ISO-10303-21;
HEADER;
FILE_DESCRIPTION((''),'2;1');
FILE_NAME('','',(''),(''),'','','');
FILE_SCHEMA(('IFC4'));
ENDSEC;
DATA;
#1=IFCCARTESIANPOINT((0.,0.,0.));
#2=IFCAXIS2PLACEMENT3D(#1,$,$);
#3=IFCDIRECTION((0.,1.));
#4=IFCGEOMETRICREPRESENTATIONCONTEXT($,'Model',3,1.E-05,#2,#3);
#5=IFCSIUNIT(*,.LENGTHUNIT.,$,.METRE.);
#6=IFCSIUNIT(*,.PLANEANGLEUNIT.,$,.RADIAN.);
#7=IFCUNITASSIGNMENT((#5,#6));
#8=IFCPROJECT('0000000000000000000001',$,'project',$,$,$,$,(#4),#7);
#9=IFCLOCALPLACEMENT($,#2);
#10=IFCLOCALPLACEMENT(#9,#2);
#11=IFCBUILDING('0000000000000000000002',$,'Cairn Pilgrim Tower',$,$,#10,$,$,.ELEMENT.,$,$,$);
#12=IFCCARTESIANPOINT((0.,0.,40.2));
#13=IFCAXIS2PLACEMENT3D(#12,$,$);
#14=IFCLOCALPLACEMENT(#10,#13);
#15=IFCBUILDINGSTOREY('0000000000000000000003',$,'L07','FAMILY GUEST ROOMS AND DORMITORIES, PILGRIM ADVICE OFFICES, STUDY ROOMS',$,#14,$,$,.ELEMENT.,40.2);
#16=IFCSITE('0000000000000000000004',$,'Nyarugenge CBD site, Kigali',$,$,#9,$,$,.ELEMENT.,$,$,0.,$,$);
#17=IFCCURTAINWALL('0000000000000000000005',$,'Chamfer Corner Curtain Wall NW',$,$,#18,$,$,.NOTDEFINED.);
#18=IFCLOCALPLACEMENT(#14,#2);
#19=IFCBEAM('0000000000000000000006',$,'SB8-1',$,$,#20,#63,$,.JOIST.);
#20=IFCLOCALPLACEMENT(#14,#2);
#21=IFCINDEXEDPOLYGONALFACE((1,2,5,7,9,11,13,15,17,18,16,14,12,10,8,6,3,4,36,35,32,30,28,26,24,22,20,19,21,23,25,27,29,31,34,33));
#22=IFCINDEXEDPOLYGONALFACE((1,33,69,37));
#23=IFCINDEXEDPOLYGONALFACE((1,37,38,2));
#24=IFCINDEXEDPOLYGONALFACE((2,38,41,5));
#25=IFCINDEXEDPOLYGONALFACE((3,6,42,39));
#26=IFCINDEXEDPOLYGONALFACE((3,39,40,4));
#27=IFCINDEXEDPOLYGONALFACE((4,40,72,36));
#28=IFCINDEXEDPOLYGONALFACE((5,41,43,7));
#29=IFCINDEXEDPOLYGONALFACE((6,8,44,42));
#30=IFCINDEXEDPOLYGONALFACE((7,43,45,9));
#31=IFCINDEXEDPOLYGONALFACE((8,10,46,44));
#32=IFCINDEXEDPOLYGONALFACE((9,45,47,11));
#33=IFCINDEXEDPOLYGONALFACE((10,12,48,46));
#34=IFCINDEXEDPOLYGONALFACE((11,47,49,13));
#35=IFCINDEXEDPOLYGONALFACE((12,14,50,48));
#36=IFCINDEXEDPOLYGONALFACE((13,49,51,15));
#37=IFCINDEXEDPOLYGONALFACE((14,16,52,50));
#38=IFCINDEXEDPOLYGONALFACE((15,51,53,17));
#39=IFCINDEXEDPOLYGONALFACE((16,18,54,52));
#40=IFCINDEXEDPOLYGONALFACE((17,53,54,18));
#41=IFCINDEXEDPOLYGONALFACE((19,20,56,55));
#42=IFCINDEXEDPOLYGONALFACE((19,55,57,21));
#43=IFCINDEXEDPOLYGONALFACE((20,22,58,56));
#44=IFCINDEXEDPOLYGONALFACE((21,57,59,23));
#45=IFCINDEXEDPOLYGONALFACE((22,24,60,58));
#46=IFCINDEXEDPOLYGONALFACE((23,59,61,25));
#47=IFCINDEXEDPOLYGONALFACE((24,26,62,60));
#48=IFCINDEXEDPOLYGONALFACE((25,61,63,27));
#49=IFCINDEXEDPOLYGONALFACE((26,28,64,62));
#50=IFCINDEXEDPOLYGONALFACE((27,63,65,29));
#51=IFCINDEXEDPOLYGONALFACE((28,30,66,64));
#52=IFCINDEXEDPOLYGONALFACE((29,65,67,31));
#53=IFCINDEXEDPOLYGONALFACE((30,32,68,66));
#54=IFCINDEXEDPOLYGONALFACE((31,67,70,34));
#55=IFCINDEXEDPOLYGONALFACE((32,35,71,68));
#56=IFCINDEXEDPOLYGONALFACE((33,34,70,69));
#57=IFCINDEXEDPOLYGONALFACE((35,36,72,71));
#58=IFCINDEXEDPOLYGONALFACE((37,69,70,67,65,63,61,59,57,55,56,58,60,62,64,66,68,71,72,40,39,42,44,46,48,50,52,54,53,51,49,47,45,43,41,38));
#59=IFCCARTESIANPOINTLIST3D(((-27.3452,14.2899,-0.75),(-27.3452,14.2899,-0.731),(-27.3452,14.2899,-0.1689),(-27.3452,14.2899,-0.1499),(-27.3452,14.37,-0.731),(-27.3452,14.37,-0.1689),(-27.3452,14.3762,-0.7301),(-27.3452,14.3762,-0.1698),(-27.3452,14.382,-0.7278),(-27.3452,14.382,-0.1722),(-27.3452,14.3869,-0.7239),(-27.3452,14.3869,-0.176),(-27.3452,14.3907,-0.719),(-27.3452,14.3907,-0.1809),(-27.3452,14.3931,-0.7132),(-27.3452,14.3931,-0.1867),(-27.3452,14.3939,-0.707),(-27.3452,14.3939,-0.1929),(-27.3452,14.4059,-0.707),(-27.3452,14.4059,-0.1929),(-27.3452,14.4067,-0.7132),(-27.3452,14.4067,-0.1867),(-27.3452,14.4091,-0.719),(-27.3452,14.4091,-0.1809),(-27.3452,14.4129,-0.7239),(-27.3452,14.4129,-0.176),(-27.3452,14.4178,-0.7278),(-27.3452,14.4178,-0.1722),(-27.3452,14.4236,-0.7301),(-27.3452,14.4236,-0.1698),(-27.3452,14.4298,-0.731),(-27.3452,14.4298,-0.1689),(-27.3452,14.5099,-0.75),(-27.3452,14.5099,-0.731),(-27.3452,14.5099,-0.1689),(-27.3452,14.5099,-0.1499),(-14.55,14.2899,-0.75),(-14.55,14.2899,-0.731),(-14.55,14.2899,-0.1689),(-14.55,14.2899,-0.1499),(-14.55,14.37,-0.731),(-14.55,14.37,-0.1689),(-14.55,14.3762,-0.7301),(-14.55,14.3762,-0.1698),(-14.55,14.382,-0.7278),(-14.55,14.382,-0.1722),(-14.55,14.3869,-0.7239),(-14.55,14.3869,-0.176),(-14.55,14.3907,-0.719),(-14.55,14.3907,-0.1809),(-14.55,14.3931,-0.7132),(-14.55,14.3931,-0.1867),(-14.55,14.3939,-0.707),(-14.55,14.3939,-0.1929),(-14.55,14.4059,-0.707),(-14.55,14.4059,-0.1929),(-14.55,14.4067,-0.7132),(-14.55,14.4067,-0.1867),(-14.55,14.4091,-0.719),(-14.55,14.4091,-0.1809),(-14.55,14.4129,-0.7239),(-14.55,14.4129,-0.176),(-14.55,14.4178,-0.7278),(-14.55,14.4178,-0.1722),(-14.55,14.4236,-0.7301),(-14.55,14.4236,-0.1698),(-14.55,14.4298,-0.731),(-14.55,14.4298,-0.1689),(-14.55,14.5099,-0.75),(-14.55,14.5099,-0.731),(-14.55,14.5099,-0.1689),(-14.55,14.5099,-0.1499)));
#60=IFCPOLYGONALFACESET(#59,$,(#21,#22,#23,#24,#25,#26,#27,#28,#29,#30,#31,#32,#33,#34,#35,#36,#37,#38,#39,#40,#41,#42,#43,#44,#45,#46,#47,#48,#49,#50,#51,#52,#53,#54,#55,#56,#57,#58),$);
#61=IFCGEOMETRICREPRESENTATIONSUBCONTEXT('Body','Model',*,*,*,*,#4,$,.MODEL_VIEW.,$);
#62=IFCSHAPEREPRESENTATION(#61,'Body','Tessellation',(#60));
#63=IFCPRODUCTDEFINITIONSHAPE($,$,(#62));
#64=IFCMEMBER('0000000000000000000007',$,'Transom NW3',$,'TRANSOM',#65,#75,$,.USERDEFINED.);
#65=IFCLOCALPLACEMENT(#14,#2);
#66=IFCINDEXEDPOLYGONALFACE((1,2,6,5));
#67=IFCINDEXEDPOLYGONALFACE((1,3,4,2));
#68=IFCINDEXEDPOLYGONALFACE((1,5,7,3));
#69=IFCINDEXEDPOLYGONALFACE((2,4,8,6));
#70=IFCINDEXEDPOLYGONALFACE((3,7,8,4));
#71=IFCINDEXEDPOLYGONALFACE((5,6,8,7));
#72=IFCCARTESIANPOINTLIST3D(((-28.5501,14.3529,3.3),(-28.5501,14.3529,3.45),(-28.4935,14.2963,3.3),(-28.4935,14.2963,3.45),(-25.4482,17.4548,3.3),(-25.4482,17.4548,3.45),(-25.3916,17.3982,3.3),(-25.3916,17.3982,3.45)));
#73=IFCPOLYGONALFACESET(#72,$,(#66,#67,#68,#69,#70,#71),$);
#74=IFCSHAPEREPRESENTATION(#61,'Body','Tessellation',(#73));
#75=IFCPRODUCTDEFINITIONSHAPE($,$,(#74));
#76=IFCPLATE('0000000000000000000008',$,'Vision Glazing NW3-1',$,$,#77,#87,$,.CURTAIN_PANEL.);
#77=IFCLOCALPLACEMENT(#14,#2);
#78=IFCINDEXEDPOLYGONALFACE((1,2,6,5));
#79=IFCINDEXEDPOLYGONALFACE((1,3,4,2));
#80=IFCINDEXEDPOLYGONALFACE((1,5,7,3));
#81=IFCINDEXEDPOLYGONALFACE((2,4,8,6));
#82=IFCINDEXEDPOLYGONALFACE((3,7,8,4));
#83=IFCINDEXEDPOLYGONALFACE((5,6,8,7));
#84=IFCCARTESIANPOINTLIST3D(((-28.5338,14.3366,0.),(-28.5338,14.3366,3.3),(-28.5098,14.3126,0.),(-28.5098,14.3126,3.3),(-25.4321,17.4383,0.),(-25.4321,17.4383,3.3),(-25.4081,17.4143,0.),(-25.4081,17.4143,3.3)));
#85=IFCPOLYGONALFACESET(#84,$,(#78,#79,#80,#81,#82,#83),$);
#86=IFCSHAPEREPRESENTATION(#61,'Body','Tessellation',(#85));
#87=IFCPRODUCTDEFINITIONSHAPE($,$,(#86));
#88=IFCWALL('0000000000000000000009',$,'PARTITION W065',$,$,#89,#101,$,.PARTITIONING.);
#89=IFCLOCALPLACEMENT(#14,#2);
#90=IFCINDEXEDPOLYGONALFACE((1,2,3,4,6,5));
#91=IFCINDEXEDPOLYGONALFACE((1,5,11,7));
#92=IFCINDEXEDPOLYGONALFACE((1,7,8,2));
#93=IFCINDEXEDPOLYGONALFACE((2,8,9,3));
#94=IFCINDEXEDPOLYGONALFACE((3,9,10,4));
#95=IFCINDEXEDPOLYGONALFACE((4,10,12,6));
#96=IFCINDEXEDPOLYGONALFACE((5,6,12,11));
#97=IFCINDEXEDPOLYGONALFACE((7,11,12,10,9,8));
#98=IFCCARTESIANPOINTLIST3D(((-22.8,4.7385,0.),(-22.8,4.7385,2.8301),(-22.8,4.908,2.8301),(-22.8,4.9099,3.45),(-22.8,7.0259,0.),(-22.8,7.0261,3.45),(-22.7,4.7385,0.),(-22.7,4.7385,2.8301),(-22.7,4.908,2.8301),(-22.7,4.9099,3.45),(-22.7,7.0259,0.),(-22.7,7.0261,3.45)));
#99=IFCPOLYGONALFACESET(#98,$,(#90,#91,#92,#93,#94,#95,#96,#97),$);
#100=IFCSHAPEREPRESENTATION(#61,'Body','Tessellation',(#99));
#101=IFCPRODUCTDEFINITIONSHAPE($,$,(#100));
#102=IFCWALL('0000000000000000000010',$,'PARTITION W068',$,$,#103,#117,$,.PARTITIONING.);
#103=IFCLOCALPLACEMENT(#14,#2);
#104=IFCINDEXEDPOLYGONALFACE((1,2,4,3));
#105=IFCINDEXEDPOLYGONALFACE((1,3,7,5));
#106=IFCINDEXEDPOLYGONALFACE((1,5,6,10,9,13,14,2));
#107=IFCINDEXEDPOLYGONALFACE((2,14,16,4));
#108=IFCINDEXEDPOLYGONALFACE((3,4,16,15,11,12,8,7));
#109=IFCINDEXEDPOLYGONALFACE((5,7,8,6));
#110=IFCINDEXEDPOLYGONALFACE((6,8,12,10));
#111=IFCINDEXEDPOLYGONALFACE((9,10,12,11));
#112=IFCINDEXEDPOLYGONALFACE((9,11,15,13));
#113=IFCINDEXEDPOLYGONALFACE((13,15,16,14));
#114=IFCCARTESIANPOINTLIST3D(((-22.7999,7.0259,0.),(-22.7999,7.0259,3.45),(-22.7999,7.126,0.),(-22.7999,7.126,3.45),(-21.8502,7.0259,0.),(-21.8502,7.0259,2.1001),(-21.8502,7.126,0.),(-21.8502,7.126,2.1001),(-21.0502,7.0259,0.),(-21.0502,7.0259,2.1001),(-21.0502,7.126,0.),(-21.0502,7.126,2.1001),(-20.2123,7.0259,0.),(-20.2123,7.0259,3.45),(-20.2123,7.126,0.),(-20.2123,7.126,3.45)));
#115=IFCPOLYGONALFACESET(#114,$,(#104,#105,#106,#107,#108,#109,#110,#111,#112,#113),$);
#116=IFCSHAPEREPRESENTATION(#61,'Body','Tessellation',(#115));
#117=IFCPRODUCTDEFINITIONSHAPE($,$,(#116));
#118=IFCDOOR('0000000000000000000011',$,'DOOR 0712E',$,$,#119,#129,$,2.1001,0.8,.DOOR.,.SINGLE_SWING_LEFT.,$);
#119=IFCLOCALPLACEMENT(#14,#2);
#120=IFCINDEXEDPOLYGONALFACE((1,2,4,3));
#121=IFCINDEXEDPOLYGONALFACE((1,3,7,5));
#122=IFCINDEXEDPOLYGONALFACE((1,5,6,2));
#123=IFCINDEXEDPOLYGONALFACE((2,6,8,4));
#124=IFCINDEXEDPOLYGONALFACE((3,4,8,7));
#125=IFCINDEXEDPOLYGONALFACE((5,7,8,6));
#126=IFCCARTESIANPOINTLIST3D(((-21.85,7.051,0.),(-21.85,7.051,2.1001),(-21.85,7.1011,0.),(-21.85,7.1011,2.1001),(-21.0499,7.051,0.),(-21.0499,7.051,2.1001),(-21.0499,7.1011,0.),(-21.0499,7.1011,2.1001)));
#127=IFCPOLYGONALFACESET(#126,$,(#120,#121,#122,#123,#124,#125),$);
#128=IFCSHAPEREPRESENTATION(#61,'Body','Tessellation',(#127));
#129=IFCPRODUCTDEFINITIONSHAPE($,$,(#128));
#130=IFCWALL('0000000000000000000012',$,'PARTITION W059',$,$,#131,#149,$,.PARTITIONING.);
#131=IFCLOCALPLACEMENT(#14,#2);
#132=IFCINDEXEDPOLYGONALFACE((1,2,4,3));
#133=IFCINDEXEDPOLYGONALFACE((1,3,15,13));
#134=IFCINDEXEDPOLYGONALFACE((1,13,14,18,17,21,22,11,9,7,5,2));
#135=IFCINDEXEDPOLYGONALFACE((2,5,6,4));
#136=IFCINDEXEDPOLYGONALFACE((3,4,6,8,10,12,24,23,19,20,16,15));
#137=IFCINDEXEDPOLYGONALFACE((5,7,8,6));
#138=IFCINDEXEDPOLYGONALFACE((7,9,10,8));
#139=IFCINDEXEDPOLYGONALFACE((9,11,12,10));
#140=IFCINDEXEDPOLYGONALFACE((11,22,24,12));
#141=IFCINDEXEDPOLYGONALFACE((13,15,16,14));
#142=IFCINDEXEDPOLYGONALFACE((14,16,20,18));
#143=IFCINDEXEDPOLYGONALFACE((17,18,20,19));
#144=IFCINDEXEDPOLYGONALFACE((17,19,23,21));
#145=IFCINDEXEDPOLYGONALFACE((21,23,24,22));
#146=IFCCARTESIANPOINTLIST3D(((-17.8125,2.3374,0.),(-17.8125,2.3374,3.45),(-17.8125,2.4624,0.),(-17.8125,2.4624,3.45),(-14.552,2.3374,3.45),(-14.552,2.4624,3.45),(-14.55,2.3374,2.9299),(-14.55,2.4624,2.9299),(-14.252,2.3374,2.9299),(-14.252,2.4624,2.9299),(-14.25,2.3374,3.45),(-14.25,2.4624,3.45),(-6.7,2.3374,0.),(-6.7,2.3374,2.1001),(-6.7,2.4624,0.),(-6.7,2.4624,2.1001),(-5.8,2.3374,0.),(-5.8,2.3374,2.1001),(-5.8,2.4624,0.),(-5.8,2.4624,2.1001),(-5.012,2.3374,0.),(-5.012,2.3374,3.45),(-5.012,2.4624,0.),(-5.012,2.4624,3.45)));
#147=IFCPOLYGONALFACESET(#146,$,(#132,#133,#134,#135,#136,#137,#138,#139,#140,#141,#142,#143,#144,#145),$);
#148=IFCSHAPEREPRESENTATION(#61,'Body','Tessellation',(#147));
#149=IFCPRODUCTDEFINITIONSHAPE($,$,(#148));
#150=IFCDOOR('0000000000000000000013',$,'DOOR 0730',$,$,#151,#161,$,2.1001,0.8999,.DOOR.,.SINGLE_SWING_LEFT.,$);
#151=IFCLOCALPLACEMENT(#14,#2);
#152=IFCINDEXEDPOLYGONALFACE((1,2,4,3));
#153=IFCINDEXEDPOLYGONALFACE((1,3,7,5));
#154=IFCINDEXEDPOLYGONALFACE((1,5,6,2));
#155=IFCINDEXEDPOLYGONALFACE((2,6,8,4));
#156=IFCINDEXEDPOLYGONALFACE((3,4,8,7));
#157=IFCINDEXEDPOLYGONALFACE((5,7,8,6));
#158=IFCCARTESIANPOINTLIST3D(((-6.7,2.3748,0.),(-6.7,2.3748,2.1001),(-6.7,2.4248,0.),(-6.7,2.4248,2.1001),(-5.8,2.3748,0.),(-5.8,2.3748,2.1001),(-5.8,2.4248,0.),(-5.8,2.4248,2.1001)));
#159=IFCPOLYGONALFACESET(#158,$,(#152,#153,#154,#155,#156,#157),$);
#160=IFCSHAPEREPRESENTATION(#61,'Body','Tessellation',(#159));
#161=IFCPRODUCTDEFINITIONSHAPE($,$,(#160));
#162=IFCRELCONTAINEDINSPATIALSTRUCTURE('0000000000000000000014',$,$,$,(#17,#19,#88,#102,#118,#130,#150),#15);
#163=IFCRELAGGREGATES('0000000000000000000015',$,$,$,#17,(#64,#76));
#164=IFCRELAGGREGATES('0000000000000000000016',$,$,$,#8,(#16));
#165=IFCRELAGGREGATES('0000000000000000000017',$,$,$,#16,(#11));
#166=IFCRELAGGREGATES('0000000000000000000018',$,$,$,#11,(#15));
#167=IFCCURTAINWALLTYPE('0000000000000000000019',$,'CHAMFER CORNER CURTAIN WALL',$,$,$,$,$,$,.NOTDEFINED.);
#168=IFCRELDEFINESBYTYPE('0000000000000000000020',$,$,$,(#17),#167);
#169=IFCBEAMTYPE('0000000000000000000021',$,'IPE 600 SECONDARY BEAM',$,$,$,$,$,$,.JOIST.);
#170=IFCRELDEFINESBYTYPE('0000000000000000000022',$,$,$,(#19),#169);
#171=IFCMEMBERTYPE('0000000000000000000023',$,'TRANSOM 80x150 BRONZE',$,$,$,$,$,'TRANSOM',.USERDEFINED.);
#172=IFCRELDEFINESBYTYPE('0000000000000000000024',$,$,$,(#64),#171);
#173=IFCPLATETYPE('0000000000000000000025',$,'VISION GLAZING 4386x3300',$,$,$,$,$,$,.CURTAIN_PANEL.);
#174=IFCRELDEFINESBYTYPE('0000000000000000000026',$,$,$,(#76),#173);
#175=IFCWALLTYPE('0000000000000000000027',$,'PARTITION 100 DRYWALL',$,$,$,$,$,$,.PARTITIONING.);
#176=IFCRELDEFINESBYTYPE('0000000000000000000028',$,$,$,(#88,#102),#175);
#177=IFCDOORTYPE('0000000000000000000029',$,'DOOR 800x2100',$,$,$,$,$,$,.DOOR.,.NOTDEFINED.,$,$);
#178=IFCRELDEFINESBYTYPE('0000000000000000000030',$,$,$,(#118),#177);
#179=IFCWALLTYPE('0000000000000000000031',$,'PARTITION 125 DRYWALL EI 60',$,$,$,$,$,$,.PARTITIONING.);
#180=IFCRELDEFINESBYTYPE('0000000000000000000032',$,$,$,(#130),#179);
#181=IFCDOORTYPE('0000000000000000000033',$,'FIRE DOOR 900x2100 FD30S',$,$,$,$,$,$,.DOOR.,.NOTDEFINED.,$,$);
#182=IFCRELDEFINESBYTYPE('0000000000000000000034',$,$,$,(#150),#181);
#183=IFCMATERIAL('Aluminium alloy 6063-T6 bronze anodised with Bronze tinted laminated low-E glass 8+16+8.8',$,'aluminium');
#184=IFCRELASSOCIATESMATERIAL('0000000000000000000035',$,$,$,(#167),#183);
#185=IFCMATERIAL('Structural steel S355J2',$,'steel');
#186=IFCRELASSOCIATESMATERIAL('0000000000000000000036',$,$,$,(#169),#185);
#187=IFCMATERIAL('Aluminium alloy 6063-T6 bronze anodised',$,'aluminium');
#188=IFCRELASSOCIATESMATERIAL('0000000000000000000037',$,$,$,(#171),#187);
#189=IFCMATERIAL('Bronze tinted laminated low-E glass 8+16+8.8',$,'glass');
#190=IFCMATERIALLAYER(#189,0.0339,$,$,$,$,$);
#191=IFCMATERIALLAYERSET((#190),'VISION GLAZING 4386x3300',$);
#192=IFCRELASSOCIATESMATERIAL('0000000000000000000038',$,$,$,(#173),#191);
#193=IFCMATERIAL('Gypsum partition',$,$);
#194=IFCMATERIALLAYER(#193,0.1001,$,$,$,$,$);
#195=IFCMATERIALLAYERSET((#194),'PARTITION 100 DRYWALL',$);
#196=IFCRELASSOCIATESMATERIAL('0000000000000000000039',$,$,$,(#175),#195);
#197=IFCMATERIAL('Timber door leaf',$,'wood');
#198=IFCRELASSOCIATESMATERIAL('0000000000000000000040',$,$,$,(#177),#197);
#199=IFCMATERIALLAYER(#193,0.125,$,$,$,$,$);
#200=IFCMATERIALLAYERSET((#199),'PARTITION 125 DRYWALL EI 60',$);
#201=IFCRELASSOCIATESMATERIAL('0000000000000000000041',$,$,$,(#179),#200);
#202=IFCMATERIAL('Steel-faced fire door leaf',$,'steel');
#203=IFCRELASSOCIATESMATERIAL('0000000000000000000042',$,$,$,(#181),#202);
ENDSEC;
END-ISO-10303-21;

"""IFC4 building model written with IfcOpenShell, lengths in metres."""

from ifc_helpers import new_model, si_unit, direction, frame, frame_2d, origin, origin_2d, place, context, subcontext, project, spatial, polyline, rectangle, i_section, outline, extrude, material, layer, layer_set, material_profile, profile_set, type_object, element, fill, aggregate, save


model = new_model("IFC4")

# Units and contexts
model_context = context("Model", 3, precision=1e-05, world=origin(), true_north=direction((0.0, 1.0)))
body_context = subcontext(model_context, "Body", "Model", "MODEL_VIEW")
ifc_project = project(units=[si_unit("LENGTHUNIT", "METRE"), si_unit("PLANEANGLEUNIT", "RADIAN")], contexts=[model_context])

# Site, building, storey
site_placement = place(None, origin())
site = spatial("IfcSite", under=ifc_project, at=site_placement, Name="Nyarugenge CBD site, Kigali", CompositionType="ELEMENT", RefElevation=0.0)
building_placement = place(site_placement, origin())
building = spatial("IfcBuilding", under=site, at=building_placement, Name="Cairn Pilgrim Tower", CompositionType="ELEMENT")
storey_placement = place(building_placement, frame((0.0, 0.0, 40.2)))
storey = spatial("IfcBuildingStorey", under=building, at=storey_placement, Name="L07", Description="FAMILY GUEST ROOMS AND DORMITORIES, PILGRIM ADVICE OFFICES, STUDY ROOMS", CompositionType="ELEMENT", Elevation=40.2)

# Curtain wall
ifc_material_1 = material(Name="Aluminium alloy 6063-T6 bronze anodised with Bronze tinted laminated low-E glass 8+16+8.8", Category="aluminium")
curtain_wall_type = type_object("IfcCurtainWallType", Name="CHAMFER CORNER CURTAIN WALL", PredefinedType="NOTDEFINED", material=ifc_material_1)
curtain_wall_placement = place(storey_placement, origin())
curtain_wall = element("IfcCurtainWall", 1, at=curtain_wall_placement, inside=storey, type_object=curtain_wall_type, Name="Chamfer Corner Curtain Wall NW", PredefinedType="NOTDEFINED")
ifc_material_2 = material(Name="Aluminium alloy 6063-T6 bronze anodised", Category="aluminium")

# Beam
ifc_material_3 = material(Name="Structural steel S355J2", Category="steel")
ifc_material_profile_1 = material_profile(ifc_material_3, i_section(OverallWidth=0.22, OverallDepth=0.6001, WebThickness=0.012, FlangeThickness=0.019, FilletRadius=0.0239, at=origin_2d()), Name="IPE 600")
ifc_profile_set_1 = profile_set([ifc_material_profile_1], Name="Structural steel S355J2")
beam_type_1 = type_object("IfcBeamType", Name="IPE 600 SECONDARY BEAM", PredefinedType="JOIST", material=ifc_profile_set_1)
beam_1_placement = place(storey_placement, frame((-27.3452, 14.3999, -0.45), z_axis=(1.0, 0.0, 0.0), x_axis=(0.0, 1.0, 0.0)))
element("IfcBeam", 2, at=beam_1_placement, inside=storey, type_object=beam_type_1, Name="SB8-1", PredefinedType="JOIST", context=body_context, shape_type="SweptSolid", body=[
    extrude(i_section(OverallWidth=0.22, OverallDepth=0.6001, WebThickness=0.012, FlangeThickness=0.019, FilletRadius=0.0239, at=origin_2d()), origin(), (0.0, 0.0, 1.0), 12.7952),
])

# Member
ifc_material_profile_2 = material_profile(ifc_material_2, rectangle(XDim=0.0801, YDim=0.1499, at=origin_2d()), Name="TRANSOM 80x150 BRONZE")
ifc_profile_set_2 = profile_set([ifc_material_profile_2], Name="Aluminium alloy 6063-T6 bronze anodised")
member_type_1 = type_object("IfcMemberType", Name="TRANSOM 80x150 BRONZE", ElementType="TRANSOM", PredefinedType="USERDEFINED", material=ifc_profile_set_2)
member_1_placement = place(storey_placement, frame((-25.4199, 17.4265, 3.375), z_axis=(-0.707107, -0.707107, 0.0), x_axis=(0.707107, -0.707107, 0.0)))
member_1 = element("IfcMember", 3, at=member_1_placement, type_object=member_type_1, Name="Transom NW3", ObjectType="TRANSOM", PredefinedType="USERDEFINED", context=body_context, shape_type="SweptSolid", body=[
    extrude(rectangle(XDim=0.0801, YDim=0.1499, at=origin_2d()), origin(), (0.0, 0.0, 1.0), 4.3867),
])

# Plate
ifc_material_4 = material(Name="Bronze tinted laminated low-E glass 8+16+8.8", Category="glass")
ifc_layer_1 = layer(ifc_material_4, 0.0339)
ifc_layer_set_1 = layer_set([ifc_layer_1], Name="VISION GLAZING 4386x3300")
plate_type = type_object("IfcPlateType", Name="VISION GLAZING 4386x3300", PredefinedType="CURTAIN_PANEL", material=ifc_layer_set_1)
plate_placement = place(storey_placement, frame((-26.9709, 15.8755, 0.0), z_axis=(0.0, 0.0, 1.0), x_axis=(-0.707107, -0.707107, 0.0)))
plate = element("IfcPlate", 4, at=plate_placement, type_object=plate_type, Name="Vision Glazing NW3-1", PredefinedType="CURTAIN_PANEL", context=body_context, shape_type="SweptSolid", body=[
    extrude(rectangle(XDim=4.3865, YDim=0.0339, at=origin_2d()), origin(), (0.0, 0.0, 1.0), 3.3),
])
aggregate(curtain_wall, [member_1, plate])

# Wall
ifc_material_5 = material(Name="Gypsum partition")
ifc_layer_2 = layer(ifc_material_5, 0.1001)
ifc_layer_set_2 = layer_set([ifc_layer_2], Name="PARTITION 100 DRYWALL")
wall_type_1 = type_object("IfcWallType", Name="PARTITION 100 DRYWALL", PredefinedType="PARTITIONING", material=ifc_layer_set_2)
wall_1_placement = place(storey_placement, frame((-22.75, 4.7385, 0.0), z_axis=(0.0, 0.0, 1.0), x_axis=(0.0, 1.0, 0.0)))
element("IfcWall", 5, at=wall_1_placement, inside=storey, type_object=wall_type_1, Name="PARTITION W065", PredefinedType="PARTITIONING", context=body_context, shape_type="SweptSolid", body=[
    extrude(outline(polyline([(0.0, 0.0), (2.2874, 0.0), (2.2876, 3.45), (0.1714, 3.45), (0.1694, 2.8301), (0.0, 2.8301), (0.0, 0.0)])), frame((0.0, 0.05, 0.0), z_axis=(0.0, -1.0, 0.0), x_axis=(1.0, 0.0, 0.0)), (0.0, 0.0, 1.0), 0.1001),
])

# Walls, openings, doors
wall_2_placement = place(storey_placement, frame((-22.8, 7.0759, 0.0), z_axis=(0.0, 0.0, 1.0), x_axis=(1.0, 0.0, 0.0)))
wall_2 = element("IfcWall", 6, at=wall_2_placement, inside=storey, type_object=wall_type_1, Name="PARTITION W068", PredefinedType="PARTITIONING", context=body_context, shape_type="SweptSolid", body=[
    extrude(rectangle(XDim=2.5876, YDim=0.1001, at=frame_2d((1.2939, 0.0))), origin(), (0.0, 0.0, 1.0), 3.45),
])
opening_1_placement = place(wall_2_placement, frame((0.95, 0.0, 0.0)))
opening_1 = element("IfcOpeningElement", 7, at=opening_1_placement, cuts=wall_2, PredefinedType="OPENING", context=body_context, shape_type="SweptSolid", body=[
    extrude(rectangle(XDim=0.8, YDim=2.1001, at=frame_2d((0.3999, 1.05))), frame((0.0, 0.0601, 0.0), z_axis=(0.0, -1.0, 0.0), x_axis=(1.0, 0.0, 0.0)), (0.0, 0.0, 1.0), 0.1201),
])
ifc_material_6 = material(Name="Timber door leaf", Category="wood")
door_type_1 = type_object("IfcDoorType", Name="DOOR 800x2100", OperationType="NOTDEFINED", PredefinedType="DOOR", material=ifc_material_6)
door_1_placement = place(opening_1_placement, frame((0.8, 0.0, 0.0), z_axis=(0.0, 0.0, 1.0), x_axis=(-1.0, 0.0, 0.0)))
door_1 = element("IfcDoor", 8, at=door_1_placement, inside=storey, type_object=door_type_1, Name="DOOR 0712E", OperationType="SINGLE_SWING_LEFT", OverallHeight=2.1001, OverallWidth=0.8, PredefinedType="DOOR", context=body_context, shape_type="SweptSolid", body=[
    extrude(rectangle(XDim=0.8, YDim=2.1001, at=frame_2d((0.3999, 1.05))), frame((0.0, 0.0249, 0.0), z_axis=(0.0, -1.0, 0.0), x_axis=(1.0, 0.0, 0.0)), (0.0, 0.0, 1.0), 0.05),
])
fill(opening_1, door_1)
ifc_layer_3 = layer(ifc_material_5, 0.125)
ifc_layer_set_3 = layer_set([ifc_layer_3], Name="PARTITION 125 DRYWALL EI 60")
wall_type_2 = type_object("IfcWallType", Name="PARTITION 125 DRYWALL EI 60", PredefinedType="PARTITIONING", material=ifc_layer_set_3)
wall_3_placement = place(storey_placement, frame((-17.8125, 2.3999, 0.0), z_axis=(0.0, 0.0, 1.0), x_axis=(1.0, 0.0, 0.0)))
wall_3 = element("IfcWall", 9, at=wall_3_placement, inside=storey, type_object=wall_type_2, Name="PARTITION W059", PredefinedType="PARTITIONING", context=body_context, shape_type="SweptSolid", body=[
    extrude(outline(polyline([(0.0, 0.0), (12.8005, 0.0), (12.8005, 3.45), (3.5625, 3.45), (3.5605, 2.9299), (3.2625, 2.9299), (3.2605, 3.45), (0.0, 3.45), (0.0, 0.0)])), frame((0.0, 0.0625, 0.0), z_axis=(0.0, -1.0, 0.0), x_axis=(1.0, 0.0, 0.0)), (0.0, 0.0, 1.0), 0.125),
])
opening_2_placement = place(wall_3_placement, frame((11.1125, 0.0, 0.0)))
opening_2 = element("IfcOpeningElement", 10, at=opening_2_placement, cuts=wall_3, PredefinedType="OPENING", context=body_context, shape_type="SweptSolid", body=[
    extrude(rectangle(XDim=0.8999, YDim=2.1001, at=frame_2d((0.45, 1.05))), frame((0.0, 0.0725, 0.0), z_axis=(0.0, -1.0, 0.0), x_axis=(1.0, 0.0, 0.0)), (0.0, 0.0, 1.0), 0.145),
])
ifc_material_7 = material(Name="Steel-faced fire door leaf", Category="steel")
door_type_2 = type_object("IfcDoorType", Name="FIRE DOOR 900x2100 FD30S", OperationType="NOTDEFINED", PredefinedType="DOOR", material=ifc_material_7)
door_2_placement = place(opening_2_placement, origin())
door_2 = element("IfcDoor", 11, at=door_2_placement, inside=storey, type_object=door_type_2, Name="DOOR 0730", OperationType="SINGLE_SWING_LEFT", OverallHeight=2.1001, OverallWidth=0.8999, PredefinedType="DOOR", context=body_context, shape_type="SweptSolid", body=[
    extrude(rectangle(XDim=0.8999, YDim=2.1001, at=frame_2d((0.45, 1.05))), frame((0.0, 0.0249, 0.0), z_axis=(0.0, -1.0, 0.0), x_axis=(1.0, 0.0, 0.0)), (0.0, 0.0, 1.0), 0.05),
])
fill(opening_2, door_2)

save(model, "model.ifc")
